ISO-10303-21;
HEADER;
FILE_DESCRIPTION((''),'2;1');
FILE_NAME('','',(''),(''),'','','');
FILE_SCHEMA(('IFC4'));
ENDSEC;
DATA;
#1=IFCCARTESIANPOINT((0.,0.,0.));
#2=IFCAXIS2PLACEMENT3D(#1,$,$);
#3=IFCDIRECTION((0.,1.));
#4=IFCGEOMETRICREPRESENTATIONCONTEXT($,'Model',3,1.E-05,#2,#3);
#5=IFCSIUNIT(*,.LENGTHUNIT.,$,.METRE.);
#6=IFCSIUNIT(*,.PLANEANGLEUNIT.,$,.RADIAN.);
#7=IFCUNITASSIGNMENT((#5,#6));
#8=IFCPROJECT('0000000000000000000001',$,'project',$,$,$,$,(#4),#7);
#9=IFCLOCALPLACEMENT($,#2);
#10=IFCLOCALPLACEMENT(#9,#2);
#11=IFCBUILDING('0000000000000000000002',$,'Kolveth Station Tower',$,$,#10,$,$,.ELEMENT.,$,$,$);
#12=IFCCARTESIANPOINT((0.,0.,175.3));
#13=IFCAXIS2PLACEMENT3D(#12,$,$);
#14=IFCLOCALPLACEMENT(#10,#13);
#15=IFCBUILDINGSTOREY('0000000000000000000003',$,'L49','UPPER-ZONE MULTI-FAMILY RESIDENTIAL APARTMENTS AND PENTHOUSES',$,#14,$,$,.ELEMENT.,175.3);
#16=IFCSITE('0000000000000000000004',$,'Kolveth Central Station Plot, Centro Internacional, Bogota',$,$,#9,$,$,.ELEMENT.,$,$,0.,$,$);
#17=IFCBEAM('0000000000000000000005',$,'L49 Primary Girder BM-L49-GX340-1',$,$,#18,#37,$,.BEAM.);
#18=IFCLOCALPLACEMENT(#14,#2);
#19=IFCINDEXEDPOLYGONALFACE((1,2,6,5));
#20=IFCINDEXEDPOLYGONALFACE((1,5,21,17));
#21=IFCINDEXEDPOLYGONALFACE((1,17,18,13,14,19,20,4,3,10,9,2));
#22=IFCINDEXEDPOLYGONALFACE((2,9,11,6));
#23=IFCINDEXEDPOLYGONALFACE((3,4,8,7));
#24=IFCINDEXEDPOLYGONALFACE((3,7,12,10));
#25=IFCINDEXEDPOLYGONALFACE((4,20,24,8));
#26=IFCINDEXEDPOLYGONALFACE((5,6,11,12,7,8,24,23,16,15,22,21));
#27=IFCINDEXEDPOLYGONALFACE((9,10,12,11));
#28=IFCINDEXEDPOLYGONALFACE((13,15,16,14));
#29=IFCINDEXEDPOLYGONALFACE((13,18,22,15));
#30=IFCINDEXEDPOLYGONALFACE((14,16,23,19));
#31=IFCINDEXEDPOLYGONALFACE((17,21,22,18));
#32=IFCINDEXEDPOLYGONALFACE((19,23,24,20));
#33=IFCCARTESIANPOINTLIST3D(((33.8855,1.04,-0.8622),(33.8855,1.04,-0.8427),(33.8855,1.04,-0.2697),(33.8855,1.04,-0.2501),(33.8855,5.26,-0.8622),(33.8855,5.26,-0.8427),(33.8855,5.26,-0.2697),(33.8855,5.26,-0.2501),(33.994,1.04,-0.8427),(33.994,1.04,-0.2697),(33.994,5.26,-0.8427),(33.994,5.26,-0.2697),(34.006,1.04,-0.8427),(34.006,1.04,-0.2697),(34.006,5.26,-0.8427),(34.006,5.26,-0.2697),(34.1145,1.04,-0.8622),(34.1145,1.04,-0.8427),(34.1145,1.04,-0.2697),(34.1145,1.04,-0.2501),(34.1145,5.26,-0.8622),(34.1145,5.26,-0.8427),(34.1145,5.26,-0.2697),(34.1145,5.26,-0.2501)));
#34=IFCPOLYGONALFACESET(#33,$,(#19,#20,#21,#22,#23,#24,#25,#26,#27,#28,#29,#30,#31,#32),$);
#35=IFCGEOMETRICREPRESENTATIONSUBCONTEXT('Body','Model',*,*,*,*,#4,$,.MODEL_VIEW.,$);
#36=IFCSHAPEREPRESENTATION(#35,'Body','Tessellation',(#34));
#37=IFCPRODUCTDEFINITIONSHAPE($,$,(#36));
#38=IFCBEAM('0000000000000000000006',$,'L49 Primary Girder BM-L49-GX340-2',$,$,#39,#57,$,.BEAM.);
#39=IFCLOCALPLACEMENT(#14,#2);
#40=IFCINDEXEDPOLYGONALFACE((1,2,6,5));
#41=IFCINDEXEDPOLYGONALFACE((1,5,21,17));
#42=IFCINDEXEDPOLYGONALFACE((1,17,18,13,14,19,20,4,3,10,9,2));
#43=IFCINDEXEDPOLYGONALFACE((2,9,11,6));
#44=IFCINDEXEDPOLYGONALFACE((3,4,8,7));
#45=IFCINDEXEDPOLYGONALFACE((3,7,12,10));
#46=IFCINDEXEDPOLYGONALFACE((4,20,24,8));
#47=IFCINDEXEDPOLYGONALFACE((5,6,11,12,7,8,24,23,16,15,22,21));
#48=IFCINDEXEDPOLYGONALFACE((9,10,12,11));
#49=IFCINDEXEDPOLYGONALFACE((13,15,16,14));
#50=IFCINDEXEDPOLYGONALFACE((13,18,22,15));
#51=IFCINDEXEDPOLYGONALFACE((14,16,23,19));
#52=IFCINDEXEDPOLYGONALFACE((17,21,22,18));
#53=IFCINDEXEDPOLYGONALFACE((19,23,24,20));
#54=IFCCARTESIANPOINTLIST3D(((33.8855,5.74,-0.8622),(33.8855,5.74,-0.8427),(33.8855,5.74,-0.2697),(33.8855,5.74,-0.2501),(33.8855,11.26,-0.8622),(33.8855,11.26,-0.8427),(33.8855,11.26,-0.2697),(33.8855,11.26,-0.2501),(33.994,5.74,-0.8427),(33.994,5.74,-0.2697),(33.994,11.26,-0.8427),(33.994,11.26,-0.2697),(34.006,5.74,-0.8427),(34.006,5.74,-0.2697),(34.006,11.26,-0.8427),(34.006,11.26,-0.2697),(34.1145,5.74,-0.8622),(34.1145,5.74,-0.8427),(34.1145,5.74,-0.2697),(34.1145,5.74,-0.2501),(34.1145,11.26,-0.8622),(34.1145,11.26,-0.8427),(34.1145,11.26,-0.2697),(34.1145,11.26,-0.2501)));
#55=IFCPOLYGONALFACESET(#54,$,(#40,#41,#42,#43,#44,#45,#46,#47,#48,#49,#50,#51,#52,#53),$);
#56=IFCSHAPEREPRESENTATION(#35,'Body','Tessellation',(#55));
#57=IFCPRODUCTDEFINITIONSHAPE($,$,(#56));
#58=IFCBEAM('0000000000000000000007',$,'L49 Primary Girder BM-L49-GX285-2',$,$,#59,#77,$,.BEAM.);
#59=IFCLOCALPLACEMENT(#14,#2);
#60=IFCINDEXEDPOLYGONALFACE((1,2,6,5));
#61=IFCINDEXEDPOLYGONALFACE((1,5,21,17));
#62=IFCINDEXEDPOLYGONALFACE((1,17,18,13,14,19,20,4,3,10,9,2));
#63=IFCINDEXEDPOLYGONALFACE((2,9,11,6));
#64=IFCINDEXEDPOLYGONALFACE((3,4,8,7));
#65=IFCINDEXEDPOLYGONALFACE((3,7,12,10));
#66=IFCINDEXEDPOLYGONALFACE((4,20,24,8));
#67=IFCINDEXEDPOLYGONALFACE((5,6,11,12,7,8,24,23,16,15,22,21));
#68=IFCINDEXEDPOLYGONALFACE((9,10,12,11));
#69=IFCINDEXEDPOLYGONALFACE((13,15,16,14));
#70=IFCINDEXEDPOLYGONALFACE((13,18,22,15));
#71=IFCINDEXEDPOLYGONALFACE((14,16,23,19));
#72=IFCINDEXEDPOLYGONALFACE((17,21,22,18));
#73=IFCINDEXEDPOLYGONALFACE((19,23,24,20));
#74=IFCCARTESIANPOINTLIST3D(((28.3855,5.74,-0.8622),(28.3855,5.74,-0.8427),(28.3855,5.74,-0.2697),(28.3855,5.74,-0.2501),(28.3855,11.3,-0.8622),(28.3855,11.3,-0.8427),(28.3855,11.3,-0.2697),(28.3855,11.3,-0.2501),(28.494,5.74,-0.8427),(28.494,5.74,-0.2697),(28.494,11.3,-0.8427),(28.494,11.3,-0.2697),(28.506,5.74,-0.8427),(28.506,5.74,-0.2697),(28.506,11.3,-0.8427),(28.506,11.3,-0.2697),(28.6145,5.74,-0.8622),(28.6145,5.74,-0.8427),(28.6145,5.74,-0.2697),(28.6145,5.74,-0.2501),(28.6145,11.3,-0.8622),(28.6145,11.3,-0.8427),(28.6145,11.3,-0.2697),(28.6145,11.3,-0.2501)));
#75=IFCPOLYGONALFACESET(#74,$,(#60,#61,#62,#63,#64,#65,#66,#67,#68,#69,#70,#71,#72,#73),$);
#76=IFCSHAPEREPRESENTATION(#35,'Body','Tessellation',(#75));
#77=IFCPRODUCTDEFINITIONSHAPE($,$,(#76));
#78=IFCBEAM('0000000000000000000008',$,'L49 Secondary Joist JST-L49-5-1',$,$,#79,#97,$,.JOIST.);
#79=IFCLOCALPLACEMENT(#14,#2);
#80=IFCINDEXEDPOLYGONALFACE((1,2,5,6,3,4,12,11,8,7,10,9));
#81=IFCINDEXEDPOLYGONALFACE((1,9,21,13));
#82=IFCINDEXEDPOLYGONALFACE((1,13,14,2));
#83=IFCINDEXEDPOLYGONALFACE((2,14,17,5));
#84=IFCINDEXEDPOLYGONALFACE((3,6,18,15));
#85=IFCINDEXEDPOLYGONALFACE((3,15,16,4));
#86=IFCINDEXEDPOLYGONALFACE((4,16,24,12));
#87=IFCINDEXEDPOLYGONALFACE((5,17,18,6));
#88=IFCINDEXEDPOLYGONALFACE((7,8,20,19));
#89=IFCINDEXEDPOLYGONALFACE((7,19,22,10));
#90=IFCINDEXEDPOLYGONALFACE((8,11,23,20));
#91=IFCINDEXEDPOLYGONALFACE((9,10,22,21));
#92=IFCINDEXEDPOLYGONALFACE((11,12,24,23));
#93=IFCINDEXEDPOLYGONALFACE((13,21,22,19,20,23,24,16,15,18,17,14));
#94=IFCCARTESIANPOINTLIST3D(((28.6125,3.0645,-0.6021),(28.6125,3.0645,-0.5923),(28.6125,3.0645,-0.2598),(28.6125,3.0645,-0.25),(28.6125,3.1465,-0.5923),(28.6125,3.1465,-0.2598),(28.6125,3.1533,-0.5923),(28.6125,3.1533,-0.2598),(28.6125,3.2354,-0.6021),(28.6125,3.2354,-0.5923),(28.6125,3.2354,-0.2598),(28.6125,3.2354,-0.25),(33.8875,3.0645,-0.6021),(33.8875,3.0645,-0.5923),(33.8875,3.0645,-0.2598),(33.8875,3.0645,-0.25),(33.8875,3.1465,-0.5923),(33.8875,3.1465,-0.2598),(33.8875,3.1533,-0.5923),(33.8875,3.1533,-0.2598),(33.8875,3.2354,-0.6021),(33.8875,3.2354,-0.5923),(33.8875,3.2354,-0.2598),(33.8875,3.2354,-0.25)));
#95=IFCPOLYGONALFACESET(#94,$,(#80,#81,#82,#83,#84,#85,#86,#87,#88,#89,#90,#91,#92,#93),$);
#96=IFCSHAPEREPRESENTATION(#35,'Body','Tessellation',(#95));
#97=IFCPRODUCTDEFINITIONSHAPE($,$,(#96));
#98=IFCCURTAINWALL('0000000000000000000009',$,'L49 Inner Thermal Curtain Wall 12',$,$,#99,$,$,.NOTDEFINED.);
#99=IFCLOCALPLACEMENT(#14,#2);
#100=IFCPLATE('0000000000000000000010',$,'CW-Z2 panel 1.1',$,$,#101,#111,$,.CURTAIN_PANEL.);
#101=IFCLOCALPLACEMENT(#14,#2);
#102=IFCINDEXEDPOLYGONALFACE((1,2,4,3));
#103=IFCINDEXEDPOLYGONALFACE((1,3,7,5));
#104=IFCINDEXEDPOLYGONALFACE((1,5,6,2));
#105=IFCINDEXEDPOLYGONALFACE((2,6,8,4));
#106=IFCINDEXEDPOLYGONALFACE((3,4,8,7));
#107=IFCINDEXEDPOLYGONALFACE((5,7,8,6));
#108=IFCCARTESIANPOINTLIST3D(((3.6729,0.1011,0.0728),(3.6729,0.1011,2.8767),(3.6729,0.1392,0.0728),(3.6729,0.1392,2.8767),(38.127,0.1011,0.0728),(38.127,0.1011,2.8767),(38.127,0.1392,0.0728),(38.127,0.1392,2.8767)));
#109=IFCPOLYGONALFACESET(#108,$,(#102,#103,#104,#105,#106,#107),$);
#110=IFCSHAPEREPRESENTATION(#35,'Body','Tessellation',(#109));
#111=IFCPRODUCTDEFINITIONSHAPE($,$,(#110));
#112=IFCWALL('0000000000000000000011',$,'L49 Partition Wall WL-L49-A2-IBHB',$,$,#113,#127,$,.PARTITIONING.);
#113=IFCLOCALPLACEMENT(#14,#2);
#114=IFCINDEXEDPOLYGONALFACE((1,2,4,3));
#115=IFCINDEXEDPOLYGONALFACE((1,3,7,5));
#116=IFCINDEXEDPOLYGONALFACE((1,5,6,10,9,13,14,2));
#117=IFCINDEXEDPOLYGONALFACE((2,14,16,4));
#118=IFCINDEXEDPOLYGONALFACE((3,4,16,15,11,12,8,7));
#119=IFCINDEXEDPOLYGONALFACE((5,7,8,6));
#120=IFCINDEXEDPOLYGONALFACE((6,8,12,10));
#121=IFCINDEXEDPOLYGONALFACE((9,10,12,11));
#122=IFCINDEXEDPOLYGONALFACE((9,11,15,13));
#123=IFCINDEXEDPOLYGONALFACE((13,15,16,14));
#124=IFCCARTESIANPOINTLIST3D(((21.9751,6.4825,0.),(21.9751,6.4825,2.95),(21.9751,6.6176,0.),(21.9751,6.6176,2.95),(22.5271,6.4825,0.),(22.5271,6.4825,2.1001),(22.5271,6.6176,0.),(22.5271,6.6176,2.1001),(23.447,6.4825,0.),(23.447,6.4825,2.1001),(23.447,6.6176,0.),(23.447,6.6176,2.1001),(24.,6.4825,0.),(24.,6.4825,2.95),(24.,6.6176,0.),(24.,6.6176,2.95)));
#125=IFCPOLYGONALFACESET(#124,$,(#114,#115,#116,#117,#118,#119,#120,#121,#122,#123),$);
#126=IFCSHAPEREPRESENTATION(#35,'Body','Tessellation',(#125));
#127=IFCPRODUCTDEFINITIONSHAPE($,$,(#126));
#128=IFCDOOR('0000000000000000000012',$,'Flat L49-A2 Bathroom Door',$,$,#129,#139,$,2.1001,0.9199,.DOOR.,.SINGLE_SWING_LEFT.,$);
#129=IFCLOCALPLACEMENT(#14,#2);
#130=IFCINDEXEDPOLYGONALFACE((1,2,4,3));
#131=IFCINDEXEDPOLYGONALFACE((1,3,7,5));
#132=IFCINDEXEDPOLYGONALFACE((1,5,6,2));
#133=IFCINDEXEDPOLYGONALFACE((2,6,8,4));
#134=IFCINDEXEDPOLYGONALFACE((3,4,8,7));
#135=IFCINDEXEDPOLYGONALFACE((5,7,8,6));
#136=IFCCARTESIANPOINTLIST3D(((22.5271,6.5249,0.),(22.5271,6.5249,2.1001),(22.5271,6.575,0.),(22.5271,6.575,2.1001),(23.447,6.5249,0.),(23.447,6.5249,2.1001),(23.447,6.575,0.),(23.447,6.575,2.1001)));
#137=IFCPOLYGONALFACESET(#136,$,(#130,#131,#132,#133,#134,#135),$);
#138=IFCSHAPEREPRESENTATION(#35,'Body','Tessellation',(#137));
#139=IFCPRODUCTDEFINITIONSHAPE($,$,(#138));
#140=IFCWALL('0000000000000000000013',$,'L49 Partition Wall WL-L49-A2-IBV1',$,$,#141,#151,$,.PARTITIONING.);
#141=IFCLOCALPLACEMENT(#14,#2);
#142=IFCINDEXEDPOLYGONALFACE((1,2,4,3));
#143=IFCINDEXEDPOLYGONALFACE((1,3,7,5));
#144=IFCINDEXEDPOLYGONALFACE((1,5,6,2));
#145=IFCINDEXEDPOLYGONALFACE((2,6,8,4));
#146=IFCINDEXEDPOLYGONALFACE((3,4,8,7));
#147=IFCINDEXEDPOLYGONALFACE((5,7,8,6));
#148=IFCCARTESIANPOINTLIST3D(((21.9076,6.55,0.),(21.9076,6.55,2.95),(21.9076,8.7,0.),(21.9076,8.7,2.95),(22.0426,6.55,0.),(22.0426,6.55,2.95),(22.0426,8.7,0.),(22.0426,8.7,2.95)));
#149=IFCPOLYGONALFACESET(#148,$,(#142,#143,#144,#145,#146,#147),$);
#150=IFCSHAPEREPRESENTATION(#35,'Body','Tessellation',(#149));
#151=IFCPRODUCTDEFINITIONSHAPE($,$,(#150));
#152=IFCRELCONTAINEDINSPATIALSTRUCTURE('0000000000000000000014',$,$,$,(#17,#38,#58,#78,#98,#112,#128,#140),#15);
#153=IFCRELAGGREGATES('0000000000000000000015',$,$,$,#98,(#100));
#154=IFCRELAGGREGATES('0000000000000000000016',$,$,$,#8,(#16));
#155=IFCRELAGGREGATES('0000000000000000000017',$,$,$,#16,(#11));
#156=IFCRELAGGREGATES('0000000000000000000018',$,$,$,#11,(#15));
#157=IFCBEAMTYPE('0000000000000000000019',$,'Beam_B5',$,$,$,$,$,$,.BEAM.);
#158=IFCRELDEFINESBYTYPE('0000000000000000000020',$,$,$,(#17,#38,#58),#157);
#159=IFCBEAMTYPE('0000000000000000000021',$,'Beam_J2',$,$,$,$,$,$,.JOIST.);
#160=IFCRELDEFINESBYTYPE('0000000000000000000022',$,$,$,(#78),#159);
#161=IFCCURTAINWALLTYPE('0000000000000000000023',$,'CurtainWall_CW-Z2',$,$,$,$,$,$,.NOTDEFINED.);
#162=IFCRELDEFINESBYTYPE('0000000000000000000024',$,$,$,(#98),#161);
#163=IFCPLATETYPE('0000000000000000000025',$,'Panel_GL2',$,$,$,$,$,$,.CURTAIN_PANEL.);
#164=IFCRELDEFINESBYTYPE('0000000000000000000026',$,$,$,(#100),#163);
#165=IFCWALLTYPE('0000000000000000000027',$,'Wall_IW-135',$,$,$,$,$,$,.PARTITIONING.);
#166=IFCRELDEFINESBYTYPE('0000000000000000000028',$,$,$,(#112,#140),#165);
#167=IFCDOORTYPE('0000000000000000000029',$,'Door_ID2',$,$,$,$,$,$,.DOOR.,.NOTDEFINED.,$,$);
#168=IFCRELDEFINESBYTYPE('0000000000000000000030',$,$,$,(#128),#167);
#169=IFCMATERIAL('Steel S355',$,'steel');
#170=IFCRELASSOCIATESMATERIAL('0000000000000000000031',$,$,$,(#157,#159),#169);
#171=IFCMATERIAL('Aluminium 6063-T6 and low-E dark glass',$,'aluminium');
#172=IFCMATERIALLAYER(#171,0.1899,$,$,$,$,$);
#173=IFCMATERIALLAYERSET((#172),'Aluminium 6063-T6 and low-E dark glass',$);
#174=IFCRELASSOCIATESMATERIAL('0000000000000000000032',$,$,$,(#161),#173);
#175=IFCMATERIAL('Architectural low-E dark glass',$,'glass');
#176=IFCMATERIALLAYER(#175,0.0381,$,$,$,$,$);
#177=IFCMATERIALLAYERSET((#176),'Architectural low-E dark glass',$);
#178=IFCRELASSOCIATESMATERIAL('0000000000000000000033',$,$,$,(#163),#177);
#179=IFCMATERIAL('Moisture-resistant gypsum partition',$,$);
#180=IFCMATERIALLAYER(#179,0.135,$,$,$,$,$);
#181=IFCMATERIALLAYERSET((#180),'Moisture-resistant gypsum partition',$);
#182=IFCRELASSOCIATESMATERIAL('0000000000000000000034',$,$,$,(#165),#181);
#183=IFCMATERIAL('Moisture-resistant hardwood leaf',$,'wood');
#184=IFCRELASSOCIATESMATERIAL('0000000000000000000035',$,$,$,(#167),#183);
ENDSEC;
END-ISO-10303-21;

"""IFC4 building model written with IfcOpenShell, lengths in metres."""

from ifc_helpers import new_model, si_unit, direction, frame, frame_2d, origin, origin_2d, place, context, subcontext, project, spatial, rectangle, i_section, extrude, source, transform, mapped, material, layer, layer_set, material_profile, profile_set, type_object, element, fill, aggregate, save


model = new_model("IFC4")

# Units and contexts
model_context = context("Model", 3, precision=1e-05, world=origin(), true_north=direction((0.0, 1.0)))
body_context = subcontext(model_context, "Body", "Model", "MODEL_VIEW")
ifc_project = project(units=[si_unit("LENGTHUNIT", "METRE"), si_unit("PLANEANGLEUNIT", "RADIAN")], contexts=[model_context])

# Site, building, storey
site_placement = place(None, origin())
site = spatial("IfcSite", under=ifc_project, at=site_placement, Name="Kolveth Central Station Plot, Centro Internacional, Bogota", CompositionType="ELEMENT", RefElevation=0.0)
building_placement = place(site_placement, origin())
building = spatial("IfcBuilding", under=site, at=building_placement, Name="Kolveth Station Tower", CompositionType="ELEMENT")
storey_placement = place(building_placement, frame((0.0, 0.0, 175.3)))
storey = spatial("IfcBuildingStorey", under=building, at=storey_placement, Name="L49", Description="UPPER-ZONE MULTI-FAMILY RESIDENTIAL APARTMENTS AND PENTHOUSES", CompositionType="ELEMENT", Elevation=175.3)

# Shared definitions
ifc_material_1 = material(Name="Steel S355", Category="steel")

# Beams
ifc_material_profile_1 = material_profile(ifc_material_1, i_section(OverallWidth=0.229, OverallDepth=0.6121, WebThickness=0.012, FlangeThickness=0.0195, at=origin_2d()), Name="W610x125")
ifc_profile_set_1 = profile_set([ifc_material_profile_1], Name="Steel S355")
beam_type_1 = type_object("IfcBeamType", Name="Beam_B5", PredefinedType="BEAM", material=ifc_profile_set_1)
shared_shape_1 = source(origin(), body_context, "Body", "SweptSolid", [
    extrude(i_section(OverallWidth=0.229, OverallDepth=0.6121, WebThickness=0.012, FlangeThickness=0.0195, at=origin_2d()), origin(), (0.0, 0.0, 1.0), 4.22),
])
for number, where, z_axis, x_axis, name in (
    (1, (34.0, 1.04, -0.5562), (0.0, 1.0, 0.0), (-1.0, 0.0, 0.0), "L49 Primary Girder BM-L49-GX340-1"),
):
    element("IfcBeam", number, at=place(storey_placement, frame(where, z_axis=z_axis, x_axis=x_axis)), inside=storey, type_object=beam_type_1, Name=name, PredefinedType="BEAM", context=body_context, shape_type="MappedRepresentation", body=[
        mapped(shared_shape_1, transform((0.0, 0.0, 0.0), x_axis=(1.0, 0.0, 0.0), y_axis=(0.0, 1.0, 0.0), z_axis=(0.0, 0.0, 1.0), scale=1.0)),
    ])
shared_shape_2 = source(origin(), body_context, "Body", "SweptSolid", [
    extrude(i_section(OverallWidth=0.229, OverallDepth=0.6121, WebThickness=0.012, FlangeThickness=0.0195, at=origin_2d()), origin(), (0.0, 0.0, 1.0), 5.52),
])
beam_1_placement = place(storey_placement, frame((34.0, 5.74, -0.5562), z_axis=(0.0, 1.0, 0.0), x_axis=(-1.0, 0.0, 0.0)))
element("IfcBeam", 2, at=beam_1_placement, inside=storey, type_object=beam_type_1, Name="L49 Primary Girder BM-L49-GX340-2", PredefinedType="BEAM", context=body_context, shape_type="MappedRepresentation", body=[
    mapped(shared_shape_2, transform((0.0, 0.0, 0.0), x_axis=(1.0, 0.0, 0.0), y_axis=(0.0, 1.0, 0.0), z_axis=(0.0, 0.0, 1.0), scale=1.0)),
])
shared_shape_3 = source(origin(), body_context, "Body", "SweptSolid", [
    extrude(i_section(OverallWidth=0.229, OverallDepth=0.6121, WebThickness=0.012, FlangeThickness=0.0195, at=origin_2d()), origin(), (0.0, 0.0, 1.0), 5.5601),
])
beam_2_placement = place(storey_placement, frame((28.5, 5.74, -0.5562), z_axis=(0.0, 1.0, 0.0), x_axis=(-1.0, 0.0, 0.0)))
element("IfcBeam", 3, at=beam_2_placement, inside=storey, type_object=beam_type_1, Name="L49 Primary Girder BM-L49-GX285-2", PredefinedType="BEAM", context=body_context, shape_type="MappedRepresentation", body=[
    mapped(shared_shape_3, transform((0.0, 0.0, 0.0), x_axis=(1.0, 0.0, 0.0), y_axis=(0.0, 1.0, 0.0), z_axis=(0.0, 0.0, 1.0), scale=1.0)),
])
ifc_material_profile_2 = material_profile(ifc_material_1, i_section(OverallWidth=0.1709, OverallDepth=0.3521, WebThickness=0.0068, FlangeThickness=0.0098, at=origin_2d()), Name="W360x44")
ifc_profile_set_2 = profile_set([ifc_material_profile_2], Name="Steel S355")
beam_type_2 = type_object("IfcBeamType", Name="Beam_J2", PredefinedType="JOIST", material=ifc_profile_set_2)
shared_shape_4 = source(origin(), body_context, "Body", "SweptSolid", [
    extrude(i_section(OverallWidth=0.1709, OverallDepth=0.3521, WebThickness=0.0068, FlangeThickness=0.0098, at=origin_2d()), origin(), (0.0, 0.0, 1.0), 5.2749),
])
beam_3_placement = place(storey_placement, frame((28.6125, 3.1499, -0.426), z_axis=(1.0, 0.0, 0.0), x_axis=(0.0, 1.0, 0.0)))
element("IfcBeam", 4, at=beam_3_placement, inside=storey, type_object=beam_type_2, Name="L49 Secondary Joist JST-L49-5-1", PredefinedType="JOIST", context=body_context, shape_type="MappedRepresentation", body=[
    mapped(shared_shape_4, transform((0.0, 0.0, 0.0), x_axis=(1.0, 0.0, 0.0), y_axis=(0.0, 1.0, 0.0), z_axis=(0.0, 0.0, 1.0), scale=1.0)),
])

# Curtain wall, plate
ifc_material_2 = material(Name="Aluminium 6063-T6 and low-E dark glass", Category="aluminium")
ifc_layer_1 = layer(ifc_material_2, 0.1899)
ifc_layer_set_1 = layer_set([ifc_layer_1], Name="Aluminium 6063-T6 and low-E dark glass")
curtain_wall_type = type_object("IfcCurtainWallType", Name="CurtainWall_CW-Z2", PredefinedType="NOTDEFINED", material=ifc_layer_set_1)
curtain_wall_placement = place(storey_placement, origin())
curtain_wall = element("IfcCurtainWall", 5, at=curtain_wall_placement, inside=storey, type_object=curtain_wall_type, Name="L49 Inner Thermal Curtain Wall 12", PredefinedType="NOTDEFINED")
ifc_material_3 = material(Name="Architectural low-E dark glass", Category="glass")
ifc_layer_2 = layer(ifc_material_3, 0.0381)
ifc_layer_set_2 = layer_set([ifc_layer_2], Name="Architectural low-E dark glass")
plate_type = type_object("IfcPlateType", Name="Panel_GL2", PredefinedType="CURTAIN_PANEL", material=ifc_layer_set_2)
shared_shape_5 = source(origin(), body_context, "Body", "SweptSolid", [
    extrude(rectangle(XDim=34.4541, YDim=0.0381, at=origin_2d()), origin(), (0.0, 0.0, 1.0), 2.804),
])
plate_placement = place(storey_placement, frame((20.8999, 0.1201, 0.0728), z_axis=(0.0, 0.0, 1.0), x_axis=(1.0, 0.0, 0.0)))
plate = element("IfcPlate", 6, at=plate_placement, type_object=plate_type, Name="CW-Z2 panel 1.1", PredefinedType="CURTAIN_PANEL", context=body_context, shape_type="MappedRepresentation", body=[
    mapped(shared_shape_5, transform((0.0, 0.0, 0.0), x_axis=(1.0, 0.0, 0.0), y_axis=(0.0, 1.0, 0.0), z_axis=(0.0, 0.0, 1.0), scale=1.0)),
])
aggregate(curtain_wall, [plate])

# Wall, opening, door
ifc_material_4 = material(Name="Moisture-resistant gypsum partition")
ifc_layer_3 = layer(ifc_material_4, 0.135)
ifc_layer_set_3 = layer_set([ifc_layer_3], Name="Moisture-resistant gypsum partition")
wall_type_1 = type_object("IfcWallType", Name="Wall_IW-135", PredefinedType="PARTITIONING", material=ifc_layer_set_3)
wall_1_placement = place(storey_placement, frame((21.9751, 6.55, 0.0), z_axis=(0.0, 0.0, 1.0), x_axis=(1.0, 0.0, 0.0)))
wall_1 = element("IfcWall", 7, at=wall_1_placement, inside=storey, type_object=wall_type_1, Name="L49 Partition Wall WL-L49-A2-IBHB", PredefinedType="PARTITIONING", context=body_context, shape_type="SweptSolid", body=[
    extrude(rectangle(XDim=2.0249, YDim=0.135, at=frame_2d((1.0125, 0.0))), origin(), (0.0, 0.0, 1.0), 2.95),
])
opening_1_placement = place(wall_1_placement, frame((0.552, 0.0, 0.0)))
opening_1 = element("IfcOpeningElement", 8, at=opening_1_placement, cuts=wall_1, PredefinedType="OPENING", context=body_context, shape_type="SweptSolid", body=[
    extrude(rectangle(XDim=0.9199, YDim=2.1001, at=frame_2d((0.46, 1.05))), frame((0.0, 0.0774, 0.0), z_axis=(0.0, -1.0, 0.0), x_axis=(1.0, 0.0, 0.0)), (0.0, 0.0, 1.0), 0.155),
])
ifc_material_5 = material(Name="Moisture-resistant hardwood leaf", Category="wood")
door_type_1 = type_object("IfcDoorType", Name="Door_ID2", OperationType="NOTDEFINED", PredefinedType="DOOR", material=ifc_material_5)
door_1_placement = place(opening_1_placement, origin())
door_1 = element("IfcDoor", 9, at=door_1_placement, inside=storey, type_object=door_type_1, Name="Flat L49-A2 Bathroom Door", OperationType="SINGLE_SWING_LEFT", OverallHeight=2.1001, OverallWidth=0.9199, PredefinedType="DOOR", context=body_context, shape_type="SweptSolid", body=[
    extrude(rectangle(XDim=0.9199, YDim=2.1001, at=frame_2d((0.46, 1.05))), frame((0.0, 0.0249, 0.0), z_axis=(0.0, -1.0, 0.0), x_axis=(1.0, 0.0, 0.0)), (0.0, 0.0, 1.0), 0.05),
])
fill(opening_1, door_1)

# Wall
wall_2_placement = place(storey_placement, frame((21.9751, 6.55, 0.0), z_axis=(0.0, 0.0, 1.0), x_axis=(0.0, 1.0, 0.0)))
element("IfcWall", 10, at=wall_2_placement, inside=storey, type_object=wall_type_1, Name="L49 Partition Wall WL-L49-A2-IBV1", PredefinedType="PARTITIONING", context=body_context, shape_type="SweptSolid", body=[
    extrude(rectangle(XDim=2.1499, YDim=0.135, at=frame_2d((1.075, 0.0))), origin(), (0.0, 0.0, 1.0), 2.95),
])

save(model, "model.ifc")
